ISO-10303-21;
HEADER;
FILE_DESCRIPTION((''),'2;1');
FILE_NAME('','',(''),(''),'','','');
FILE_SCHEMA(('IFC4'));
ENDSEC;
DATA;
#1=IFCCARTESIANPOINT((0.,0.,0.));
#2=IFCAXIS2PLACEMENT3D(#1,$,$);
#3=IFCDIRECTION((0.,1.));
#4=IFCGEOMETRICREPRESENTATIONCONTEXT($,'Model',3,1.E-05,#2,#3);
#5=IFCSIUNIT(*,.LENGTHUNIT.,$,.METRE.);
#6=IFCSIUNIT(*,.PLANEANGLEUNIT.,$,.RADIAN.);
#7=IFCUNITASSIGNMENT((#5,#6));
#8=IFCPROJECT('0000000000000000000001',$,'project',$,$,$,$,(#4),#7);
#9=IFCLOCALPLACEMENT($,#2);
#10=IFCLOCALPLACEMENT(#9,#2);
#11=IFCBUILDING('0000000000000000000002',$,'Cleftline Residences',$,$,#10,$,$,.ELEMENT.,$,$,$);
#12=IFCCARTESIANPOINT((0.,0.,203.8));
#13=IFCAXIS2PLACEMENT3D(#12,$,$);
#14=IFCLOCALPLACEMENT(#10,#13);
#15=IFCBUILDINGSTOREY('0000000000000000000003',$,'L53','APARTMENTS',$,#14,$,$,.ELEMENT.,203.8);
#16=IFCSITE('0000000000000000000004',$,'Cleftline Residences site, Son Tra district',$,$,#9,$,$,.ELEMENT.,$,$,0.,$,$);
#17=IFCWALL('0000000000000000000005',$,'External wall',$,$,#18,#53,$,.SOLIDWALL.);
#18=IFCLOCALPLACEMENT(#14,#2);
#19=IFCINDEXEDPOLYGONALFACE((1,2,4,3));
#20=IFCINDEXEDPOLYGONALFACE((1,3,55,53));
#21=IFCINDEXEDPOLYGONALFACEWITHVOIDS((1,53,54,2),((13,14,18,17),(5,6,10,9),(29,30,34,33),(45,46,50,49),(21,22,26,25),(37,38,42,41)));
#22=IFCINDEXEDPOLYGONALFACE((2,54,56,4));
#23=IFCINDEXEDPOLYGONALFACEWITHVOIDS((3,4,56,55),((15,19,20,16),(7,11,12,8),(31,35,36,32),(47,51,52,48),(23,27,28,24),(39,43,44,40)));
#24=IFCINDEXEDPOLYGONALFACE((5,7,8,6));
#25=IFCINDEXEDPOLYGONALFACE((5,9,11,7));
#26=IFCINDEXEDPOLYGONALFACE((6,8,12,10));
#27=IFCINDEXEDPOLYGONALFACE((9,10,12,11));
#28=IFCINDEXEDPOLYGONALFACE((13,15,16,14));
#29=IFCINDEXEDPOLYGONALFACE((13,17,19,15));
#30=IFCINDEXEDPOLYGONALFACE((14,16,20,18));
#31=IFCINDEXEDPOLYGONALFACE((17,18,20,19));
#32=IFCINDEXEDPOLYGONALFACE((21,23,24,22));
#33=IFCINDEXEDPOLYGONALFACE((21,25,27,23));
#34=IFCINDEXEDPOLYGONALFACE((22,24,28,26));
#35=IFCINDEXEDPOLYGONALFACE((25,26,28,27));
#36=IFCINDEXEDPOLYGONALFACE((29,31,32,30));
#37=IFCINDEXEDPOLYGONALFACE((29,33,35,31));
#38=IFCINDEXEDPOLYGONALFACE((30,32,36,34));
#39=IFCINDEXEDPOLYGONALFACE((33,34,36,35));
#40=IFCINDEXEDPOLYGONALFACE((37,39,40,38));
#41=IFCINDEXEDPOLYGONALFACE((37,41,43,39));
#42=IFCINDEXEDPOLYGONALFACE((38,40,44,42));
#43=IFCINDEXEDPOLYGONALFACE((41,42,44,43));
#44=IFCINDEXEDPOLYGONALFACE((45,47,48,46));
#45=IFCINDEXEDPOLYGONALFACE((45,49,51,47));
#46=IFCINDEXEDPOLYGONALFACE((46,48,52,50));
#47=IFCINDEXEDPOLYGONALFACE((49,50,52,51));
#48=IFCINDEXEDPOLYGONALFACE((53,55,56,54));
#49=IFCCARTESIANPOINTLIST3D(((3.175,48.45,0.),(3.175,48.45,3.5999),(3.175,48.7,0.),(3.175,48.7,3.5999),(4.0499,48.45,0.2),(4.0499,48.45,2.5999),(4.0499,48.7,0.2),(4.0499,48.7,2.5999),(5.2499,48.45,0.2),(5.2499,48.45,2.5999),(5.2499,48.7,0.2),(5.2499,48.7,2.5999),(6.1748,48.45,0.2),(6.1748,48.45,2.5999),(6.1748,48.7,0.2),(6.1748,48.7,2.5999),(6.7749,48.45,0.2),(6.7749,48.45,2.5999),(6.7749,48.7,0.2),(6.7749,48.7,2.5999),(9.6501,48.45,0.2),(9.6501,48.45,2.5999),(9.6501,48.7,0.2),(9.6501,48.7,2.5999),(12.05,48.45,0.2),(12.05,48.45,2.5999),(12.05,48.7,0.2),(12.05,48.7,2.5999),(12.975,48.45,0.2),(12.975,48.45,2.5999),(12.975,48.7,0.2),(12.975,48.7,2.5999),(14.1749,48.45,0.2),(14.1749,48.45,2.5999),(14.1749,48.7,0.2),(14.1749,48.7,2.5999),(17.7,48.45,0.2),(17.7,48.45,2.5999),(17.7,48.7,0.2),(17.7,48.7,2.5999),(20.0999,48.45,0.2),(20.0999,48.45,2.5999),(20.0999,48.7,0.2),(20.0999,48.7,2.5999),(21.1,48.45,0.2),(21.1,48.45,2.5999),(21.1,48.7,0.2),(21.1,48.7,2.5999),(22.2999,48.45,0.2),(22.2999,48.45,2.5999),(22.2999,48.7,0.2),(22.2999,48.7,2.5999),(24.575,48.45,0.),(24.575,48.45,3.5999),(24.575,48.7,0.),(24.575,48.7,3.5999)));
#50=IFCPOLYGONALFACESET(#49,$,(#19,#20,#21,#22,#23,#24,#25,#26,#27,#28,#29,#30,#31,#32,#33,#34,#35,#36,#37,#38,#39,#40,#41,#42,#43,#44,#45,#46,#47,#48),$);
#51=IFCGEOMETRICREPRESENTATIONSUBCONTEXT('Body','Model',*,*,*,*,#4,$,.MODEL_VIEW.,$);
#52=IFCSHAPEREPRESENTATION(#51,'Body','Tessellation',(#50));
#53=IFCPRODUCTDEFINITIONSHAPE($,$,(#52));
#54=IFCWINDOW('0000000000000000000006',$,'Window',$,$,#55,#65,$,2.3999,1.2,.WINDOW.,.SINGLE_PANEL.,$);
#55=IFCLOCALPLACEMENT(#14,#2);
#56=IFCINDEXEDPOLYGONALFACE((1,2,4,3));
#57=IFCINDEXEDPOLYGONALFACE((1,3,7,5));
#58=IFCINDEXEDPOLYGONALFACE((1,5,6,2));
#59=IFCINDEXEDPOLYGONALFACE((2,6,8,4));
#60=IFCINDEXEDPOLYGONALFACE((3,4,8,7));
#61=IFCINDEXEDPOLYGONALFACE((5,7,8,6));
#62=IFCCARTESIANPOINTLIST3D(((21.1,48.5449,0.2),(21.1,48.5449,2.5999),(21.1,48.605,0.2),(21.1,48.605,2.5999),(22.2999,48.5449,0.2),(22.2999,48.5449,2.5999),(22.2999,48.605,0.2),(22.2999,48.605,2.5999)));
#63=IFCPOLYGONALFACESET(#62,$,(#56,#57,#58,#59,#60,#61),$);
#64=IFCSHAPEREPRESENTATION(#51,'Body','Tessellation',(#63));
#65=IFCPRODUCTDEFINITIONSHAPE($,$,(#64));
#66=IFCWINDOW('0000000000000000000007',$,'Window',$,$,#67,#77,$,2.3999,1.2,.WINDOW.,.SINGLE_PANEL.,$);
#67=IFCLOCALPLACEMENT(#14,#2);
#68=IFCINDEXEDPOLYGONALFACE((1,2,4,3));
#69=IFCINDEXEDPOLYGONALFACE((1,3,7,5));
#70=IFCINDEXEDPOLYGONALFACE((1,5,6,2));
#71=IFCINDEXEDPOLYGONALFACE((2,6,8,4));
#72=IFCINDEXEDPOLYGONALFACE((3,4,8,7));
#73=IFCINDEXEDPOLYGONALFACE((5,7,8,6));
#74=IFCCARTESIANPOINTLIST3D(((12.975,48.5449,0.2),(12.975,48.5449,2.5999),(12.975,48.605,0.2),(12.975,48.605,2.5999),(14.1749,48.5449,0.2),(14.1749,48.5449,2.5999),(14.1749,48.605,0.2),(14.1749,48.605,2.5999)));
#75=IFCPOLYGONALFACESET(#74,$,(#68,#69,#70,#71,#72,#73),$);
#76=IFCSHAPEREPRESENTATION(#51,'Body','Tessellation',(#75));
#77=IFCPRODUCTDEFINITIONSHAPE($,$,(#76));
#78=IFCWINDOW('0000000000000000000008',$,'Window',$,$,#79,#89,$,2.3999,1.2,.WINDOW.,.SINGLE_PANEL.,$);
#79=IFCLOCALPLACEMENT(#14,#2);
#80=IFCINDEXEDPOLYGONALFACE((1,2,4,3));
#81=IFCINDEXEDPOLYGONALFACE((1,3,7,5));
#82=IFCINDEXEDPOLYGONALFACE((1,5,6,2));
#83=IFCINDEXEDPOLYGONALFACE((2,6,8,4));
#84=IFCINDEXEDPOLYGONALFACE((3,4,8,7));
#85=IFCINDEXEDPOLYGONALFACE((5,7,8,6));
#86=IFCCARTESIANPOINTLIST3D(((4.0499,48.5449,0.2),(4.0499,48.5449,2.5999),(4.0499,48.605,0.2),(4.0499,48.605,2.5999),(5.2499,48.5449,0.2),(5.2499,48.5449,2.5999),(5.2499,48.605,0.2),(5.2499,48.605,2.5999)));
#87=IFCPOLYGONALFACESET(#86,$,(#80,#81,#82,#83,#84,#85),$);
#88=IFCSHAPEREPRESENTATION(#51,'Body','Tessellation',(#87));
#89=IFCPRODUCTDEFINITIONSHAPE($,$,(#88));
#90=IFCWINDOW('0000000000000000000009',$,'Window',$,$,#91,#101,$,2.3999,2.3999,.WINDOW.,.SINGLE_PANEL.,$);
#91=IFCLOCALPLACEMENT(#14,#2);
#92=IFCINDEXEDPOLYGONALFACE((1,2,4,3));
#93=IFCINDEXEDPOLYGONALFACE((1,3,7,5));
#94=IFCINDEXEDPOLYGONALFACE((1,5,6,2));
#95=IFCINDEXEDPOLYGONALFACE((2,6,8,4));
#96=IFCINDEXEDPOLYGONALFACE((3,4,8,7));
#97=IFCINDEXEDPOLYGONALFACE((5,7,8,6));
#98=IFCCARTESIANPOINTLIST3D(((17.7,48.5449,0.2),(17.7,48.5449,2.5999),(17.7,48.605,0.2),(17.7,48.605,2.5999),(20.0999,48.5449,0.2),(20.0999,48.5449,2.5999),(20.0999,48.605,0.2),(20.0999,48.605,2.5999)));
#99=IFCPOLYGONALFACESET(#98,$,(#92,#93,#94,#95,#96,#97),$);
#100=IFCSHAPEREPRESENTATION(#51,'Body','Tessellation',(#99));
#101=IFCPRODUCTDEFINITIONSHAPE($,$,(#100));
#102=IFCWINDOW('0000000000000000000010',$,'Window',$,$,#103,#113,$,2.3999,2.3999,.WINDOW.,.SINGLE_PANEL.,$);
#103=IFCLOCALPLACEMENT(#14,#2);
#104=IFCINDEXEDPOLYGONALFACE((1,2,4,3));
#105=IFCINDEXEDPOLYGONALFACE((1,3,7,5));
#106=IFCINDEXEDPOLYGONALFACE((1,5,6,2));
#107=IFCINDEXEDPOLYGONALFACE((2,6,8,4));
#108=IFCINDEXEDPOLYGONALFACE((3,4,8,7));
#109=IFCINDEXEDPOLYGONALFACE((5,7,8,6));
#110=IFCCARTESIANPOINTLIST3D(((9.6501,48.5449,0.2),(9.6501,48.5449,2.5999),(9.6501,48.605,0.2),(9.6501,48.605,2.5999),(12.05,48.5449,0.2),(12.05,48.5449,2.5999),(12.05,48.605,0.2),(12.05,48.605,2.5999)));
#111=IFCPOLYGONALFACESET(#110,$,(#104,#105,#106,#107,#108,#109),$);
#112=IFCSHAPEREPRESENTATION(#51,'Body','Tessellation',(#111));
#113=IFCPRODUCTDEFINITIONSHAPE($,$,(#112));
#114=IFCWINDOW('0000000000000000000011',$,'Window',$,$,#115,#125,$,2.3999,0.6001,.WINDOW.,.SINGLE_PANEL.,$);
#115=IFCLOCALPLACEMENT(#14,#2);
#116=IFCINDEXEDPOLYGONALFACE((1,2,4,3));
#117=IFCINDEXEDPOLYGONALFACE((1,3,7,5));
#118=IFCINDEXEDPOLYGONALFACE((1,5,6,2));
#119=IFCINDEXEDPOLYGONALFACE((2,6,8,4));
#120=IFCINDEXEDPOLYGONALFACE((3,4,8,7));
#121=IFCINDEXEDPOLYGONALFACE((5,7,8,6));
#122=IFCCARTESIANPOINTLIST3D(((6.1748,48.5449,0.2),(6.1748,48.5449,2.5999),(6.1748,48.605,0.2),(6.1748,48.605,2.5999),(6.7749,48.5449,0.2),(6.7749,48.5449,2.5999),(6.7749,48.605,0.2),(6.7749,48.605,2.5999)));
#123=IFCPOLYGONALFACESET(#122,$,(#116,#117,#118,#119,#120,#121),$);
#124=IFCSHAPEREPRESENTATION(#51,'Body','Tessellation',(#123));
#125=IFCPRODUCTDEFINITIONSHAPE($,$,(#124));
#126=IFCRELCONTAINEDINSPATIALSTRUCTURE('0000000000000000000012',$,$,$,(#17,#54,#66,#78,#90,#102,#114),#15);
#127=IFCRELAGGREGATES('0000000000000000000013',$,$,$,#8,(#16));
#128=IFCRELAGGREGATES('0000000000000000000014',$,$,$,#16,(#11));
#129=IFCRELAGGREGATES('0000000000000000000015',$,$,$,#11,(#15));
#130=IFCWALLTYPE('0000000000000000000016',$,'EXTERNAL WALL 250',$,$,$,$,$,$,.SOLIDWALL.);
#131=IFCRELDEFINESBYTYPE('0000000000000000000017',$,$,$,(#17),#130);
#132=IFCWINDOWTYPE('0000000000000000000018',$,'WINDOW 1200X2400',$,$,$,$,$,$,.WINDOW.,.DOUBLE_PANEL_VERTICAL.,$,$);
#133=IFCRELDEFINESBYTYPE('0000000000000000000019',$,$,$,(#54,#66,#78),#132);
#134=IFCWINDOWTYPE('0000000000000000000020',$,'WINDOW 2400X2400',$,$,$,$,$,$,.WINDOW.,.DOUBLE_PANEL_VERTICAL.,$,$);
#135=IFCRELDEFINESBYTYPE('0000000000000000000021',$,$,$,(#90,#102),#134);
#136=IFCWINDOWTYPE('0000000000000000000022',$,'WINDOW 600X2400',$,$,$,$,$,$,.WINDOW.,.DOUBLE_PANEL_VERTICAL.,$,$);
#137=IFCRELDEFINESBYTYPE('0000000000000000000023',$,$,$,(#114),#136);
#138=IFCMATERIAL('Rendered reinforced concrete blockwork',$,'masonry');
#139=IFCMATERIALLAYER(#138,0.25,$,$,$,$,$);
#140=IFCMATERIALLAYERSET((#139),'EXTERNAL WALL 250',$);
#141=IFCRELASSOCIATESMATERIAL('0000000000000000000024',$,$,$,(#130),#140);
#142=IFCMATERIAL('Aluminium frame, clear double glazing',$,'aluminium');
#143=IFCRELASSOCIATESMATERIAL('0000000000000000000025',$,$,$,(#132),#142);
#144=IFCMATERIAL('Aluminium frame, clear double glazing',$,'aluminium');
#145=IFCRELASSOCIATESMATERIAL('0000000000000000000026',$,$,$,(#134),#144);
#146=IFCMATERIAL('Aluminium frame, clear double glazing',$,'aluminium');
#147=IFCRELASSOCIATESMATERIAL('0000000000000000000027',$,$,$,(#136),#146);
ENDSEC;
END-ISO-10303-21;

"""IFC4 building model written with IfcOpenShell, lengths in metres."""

from ifc_helpers import new_model, si_unit, direction, frame, frame_2d, origin, place, context, subcontext, project, spatial, rectangle, extrude, material, layer, layer_set, type_object, element, fill, save


model = new_model("IFC4")

# Units and contexts
model_context = context("Model", 3, precision=1e-05, world=origin(), true_north=direction((0.0, 1.0)))
body_context = subcontext(model_context, "Body", "Model", "MODEL_VIEW")
ifc_project = project(units=[si_unit("LENGTHUNIT", "METRE"), si_unit("PLANEANGLEUNIT", "RADIAN")], contexts=[model_context])

# Site, building, storey
site_placement = place(None, origin())
site = spatial("IfcSite", under=ifc_project, at=site_placement, Name="Cleftline Residences site, Son Tra district", CompositionType="ELEMENT", RefElevation=0.0)
building_placement = place(site_placement, origin())
building = spatial("IfcBuilding", under=site, at=building_placement, Name="Cleftline Residences", CompositionType="ELEMENT")
storey_placement = place(building_placement, frame((0.0, 0.0, 203.8)))
storey = spatial("IfcBuildingStorey", under=building, at=storey_placement, Name="L53", Description="APARTMENTS", CompositionType="ELEMENT", Elevation=203.8)

# Wall, openings, windows
ifc_material_1 = material(Name="Rendered reinforced concrete blockwork", Category="masonry")
ifc_layer_1 = layer(ifc_material_1, 0.25)
ifc_layer_set_1 = layer_set([ifc_layer_1], Name="EXTERNAL WALL 250")
wall_type = type_object("IfcWallType", Name="EXTERNAL WALL 250", PredefinedType="SOLIDWALL", material=ifc_layer_set_1)
wall_placement = place(storey_placement, frame((24.575, 48.575, 0.0), z_axis=(0.0, 0.0, 1.0), x_axis=(-1.0, 0.0, 0.0)))
wall = element("IfcWall", 1, at=wall_placement, inside=storey, type_object=wall_type, Name="External wall", PredefinedType="SOLIDWALL", context=body_context, shape_type="SweptSolid", body=[
    extrude(rectangle(XDim=21.3999, YDim=0.25, at=frame_2d((10.7, 0.0))), origin(), (0.0, 0.0, 1.0), 3.5999),
])
opening_1_placement = place(wall_placement, frame((2.2749, 0.0, 0.2)))
opening_1 = element("IfcOpeningElement", 2, at=opening_1_placement, cuts=wall, PredefinedType="OPENING", context=body_context, shape_type="SweptSolid", body=[
    extrude(rectangle(XDim=1.2, YDim=2.3999, at=frame_2d((0.6001, 1.2))), frame((0.0, 0.135, 0.0), z_axis=(0.0, -1.0, 0.0), x_axis=(1.0, 0.0, 0.0)), (0.0, 0.0, 1.0), 0.27),
])
opening_2_placement = place(wall_placement, frame((4.4751, 0.0, 0.2)))
opening_2 = element("IfcOpeningElement", 3, at=opening_2_placement, cuts=wall, PredefinedType="OPENING", context=body_context, shape_type="SweptSolid", body=[
    extrude(rectangle(XDim=2.3999, YDim=2.3999, at=frame_2d((1.2, 1.2))), frame((0.0, 0.135, 0.0), z_axis=(0.0, -1.0, 0.0), x_axis=(1.0, 0.0, 0.0)), (0.0, 0.0, 1.0), 0.27),
])
opening_3_placement = place(wall_placement, frame((10.3999, 0.0, 0.2)))
opening_3 = element("IfcOpeningElement", 4, at=opening_3_placement, cuts=wall, PredefinedType="OPENING", context=body_context, shape_type="SweptSolid", body=[
    extrude(rectangle(XDim=1.2, YDim=2.3999, at=frame_2d((0.6001, 1.2))), frame((0.0, 0.135, 0.0), z_axis=(0.0, -1.0, 0.0), x_axis=(1.0, 0.0, 0.0)), (0.0, 0.0, 1.0), 0.27),
])
opening_4_placement = place(wall_placement, frame((12.5249, 0.0, 0.2)))
opening_4 = element("IfcOpeningElement", 5, at=opening_4_placement, cuts=wall, PredefinedType="OPENING", context=body_context, shape_type="SweptSolid", body=[
    extrude(rectangle(XDim=2.3999, YDim=2.3999, at=frame_2d((1.2, 1.2))), frame((0.0, 0.135, 0.0), z_axis=(0.0, -1.0, 0.0), x_axis=(1.0, 0.0, 0.0)), (0.0, 0.0, 1.0), 0.27),
])
opening_5_placement = place(wall_placement, frame((17.8, 0.0, 0.2)))
opening_5 = element("IfcOpeningElement", 6, at=opening_5_placement, cuts=wall, PredefinedType="OPENING", context=body_context, shape_type="SweptSolid", body=[
    extrude(rectangle(XDim=0.6001, YDim=2.3999, at=frame_2d((0.3, 1.2))), frame((0.0, 0.135, 0.0), z_axis=(0.0, -1.0, 0.0), x_axis=(1.0, 0.0, 0.0)), (0.0, 0.0, 1.0), 0.27),
])
opening_6_placement = place(wall_placement, frame((19.325, 0.0, 0.2)))
opening_6 = element("IfcOpeningElement", 7, at=opening_6_placement, cuts=wall, PredefinedType="OPENING", context=body_context, shape_type="SweptSolid", body=[
    extrude(rectangle(XDim=1.2, YDim=2.3999, at=frame_2d((0.6001, 1.2))), frame((0.0, 0.135, 0.0), z_axis=(0.0, -1.0, 0.0), x_axis=(1.0, 0.0, 0.0)), (0.0, 0.0, 1.0), 0.27),
])
ifc_material_2 = material(Name="Aluminium frame, clear double glazing", Category="aluminium")
window_type_1 = type_object("IfcWindowType", Name="WINDOW 1200X2400", PartitioningType="DOUBLE_PANEL_VERTICAL", PredefinedType="WINDOW", material=ifc_material_2)
window_1_placement = place(opening_1_placement, origin())
window_1 = element("IfcWindow", 8, at=window_1_placement, inside=storey, type_object=window_type_1, Name="Window", OverallHeight=2.3999, OverallWidth=1.2, PartitioningType="SINGLE_PANEL", PredefinedType="WINDOW", context=body_context, shape_type="SweptSolid", body=[
    extrude(rectangle(XDim=1.2, YDim=2.3999, at=frame_2d((0.6001, 1.2))), frame((0.0, 0.03, 0.0), z_axis=(0.0, -1.0, 0.0), x_axis=(1.0, 0.0, 0.0)), (0.0, 0.0, 1.0), 0.0601),
])
fill(opening_1, window_1)
window_2_placement = place(opening_3_placement, origin())
window_2 = element("IfcWindow", 9, at=window_2_placement, inside=storey, type_object=window_type_1, Name="Window", OverallHeight=2.3999, OverallWidth=1.2, PartitioningType="SINGLE_PANEL", PredefinedType="WINDOW", context=body_context, shape_type="SweptSolid", body=[
    extrude(rectangle(XDim=1.2, YDim=2.3999, at=frame_2d((0.6001, 1.2))), frame((0.0, 0.03, 0.0), z_axis=(0.0, -1.0, 0.0), x_axis=(1.0, 0.0, 0.0)), (0.0, 0.0, 1.0), 0.0601),
])
fill(opening_3, window_2)
window_3_placement = place(opening_6_placement, origin())
window_3 = element("IfcWindow", 10, at=window_3_placement, inside=storey, type_object=window_type_1, Name="Window", OverallHeight=2.3999, OverallWidth=1.2, PartitioningType="SINGLE_PANEL", PredefinedType="WINDOW", context=body_context, shape_type="SweptSolid", body=[
    extrude(rectangle(XDim=1.2, YDim=2.3999, at=frame_2d((0.6001, 1.2))), frame((0.0, 0.03, 0.0), z_axis=(0.0, -1.0, 0.0), x_axis=(1.0, 0.0, 0.0)), (0.0, 0.0, 1.0), 0.0601),
])
fill(opening_6, window_3)
ifc_material_3 = material(Name="Aluminium frame, clear double glazing", Category="aluminium")
window_type_2 = type_object("IfcWindowType", Name="WINDOW 2400X2400", PartitioningType="DOUBLE_PANEL_VERTICAL", PredefinedType="WINDOW", material=ifc_material_3)
window_4_placement = place(opening_2_placement, origin())
window_4 = element("IfcWindow", 11, at=window_4_placement, inside=storey, type_object=window_type_2, Name="Window", OverallHeight=2.3999, OverallWidth=2.3999, PartitioningType="SINGLE_PANEL", PredefinedType="WINDOW", context=body_context, shape_type="SweptSolid", body=[
    extrude(rectangle(XDim=2.3999, YDim=2.3999, at=frame_2d((1.2, 1.2))), frame((0.0, 0.03, 0.0), z_axis=(0.0, -1.0, 0.0), x_axis=(1.0, 0.0, 0.0)), (0.0, 0.0, 1.0), 0.0601),
])
fill(opening_2, window_4)
window_5_placement = place(opening_4_placement, origin())
window_5 = element("IfcWindow", 12, at=window_5_placement, inside=storey, type_object=window_type_2, Name="Window", OverallHeight=2.3999, OverallWidth=2.3999, PartitioningType="SINGLE_PANEL", PredefinedType="WINDOW", context=body_context, shape_type="SweptSolid", body=[
    extrude(rectangle(XDim=2.3999, YDim=2.3999, at=frame_2d((1.2, 1.2))), frame((0.0, 0.03, 0.0), z_axis=(0.0, -1.0, 0.0), x_axis=(1.0, 0.0, 0.0)), (0.0, 0.0, 1.0), 0.0601),
])
fill(opening_4, window_5)
ifc_material_4 = material(Name="Aluminium frame, clear double glazing", Category="aluminium")
window_type_3 = type_object("IfcWindowType", Name="WINDOW 600X2400", PartitioningType="DOUBLE_PANEL_VERTICAL", PredefinedType="WINDOW", material=ifc_material_4)
window_6_placement = place(opening_5_placement, origin())
window_6 = element("IfcWindow", 13, at=window_6_placement, inside=storey, type_object=window_type_3, Name="Window", OverallHeight=2.3999, OverallWidth=0.6001, PartitioningType="SINGLE_PANEL", PredefinedType="WINDOW", context=body_context, shape_type="SweptSolid", body=[
    extrude(rectangle(XDim=0.6001, YDim=2.3999, at=frame_2d((0.3, 1.2))), frame((0.0, 0.03, 0.0), z_axis=(0.0, -1.0, 0.0), x_axis=(1.0, 0.0, 0.0)), (0.0, 0.0, 1.0), 0.0601),
])
fill(opening_5, window_6)

save(model, "model.ifc")
